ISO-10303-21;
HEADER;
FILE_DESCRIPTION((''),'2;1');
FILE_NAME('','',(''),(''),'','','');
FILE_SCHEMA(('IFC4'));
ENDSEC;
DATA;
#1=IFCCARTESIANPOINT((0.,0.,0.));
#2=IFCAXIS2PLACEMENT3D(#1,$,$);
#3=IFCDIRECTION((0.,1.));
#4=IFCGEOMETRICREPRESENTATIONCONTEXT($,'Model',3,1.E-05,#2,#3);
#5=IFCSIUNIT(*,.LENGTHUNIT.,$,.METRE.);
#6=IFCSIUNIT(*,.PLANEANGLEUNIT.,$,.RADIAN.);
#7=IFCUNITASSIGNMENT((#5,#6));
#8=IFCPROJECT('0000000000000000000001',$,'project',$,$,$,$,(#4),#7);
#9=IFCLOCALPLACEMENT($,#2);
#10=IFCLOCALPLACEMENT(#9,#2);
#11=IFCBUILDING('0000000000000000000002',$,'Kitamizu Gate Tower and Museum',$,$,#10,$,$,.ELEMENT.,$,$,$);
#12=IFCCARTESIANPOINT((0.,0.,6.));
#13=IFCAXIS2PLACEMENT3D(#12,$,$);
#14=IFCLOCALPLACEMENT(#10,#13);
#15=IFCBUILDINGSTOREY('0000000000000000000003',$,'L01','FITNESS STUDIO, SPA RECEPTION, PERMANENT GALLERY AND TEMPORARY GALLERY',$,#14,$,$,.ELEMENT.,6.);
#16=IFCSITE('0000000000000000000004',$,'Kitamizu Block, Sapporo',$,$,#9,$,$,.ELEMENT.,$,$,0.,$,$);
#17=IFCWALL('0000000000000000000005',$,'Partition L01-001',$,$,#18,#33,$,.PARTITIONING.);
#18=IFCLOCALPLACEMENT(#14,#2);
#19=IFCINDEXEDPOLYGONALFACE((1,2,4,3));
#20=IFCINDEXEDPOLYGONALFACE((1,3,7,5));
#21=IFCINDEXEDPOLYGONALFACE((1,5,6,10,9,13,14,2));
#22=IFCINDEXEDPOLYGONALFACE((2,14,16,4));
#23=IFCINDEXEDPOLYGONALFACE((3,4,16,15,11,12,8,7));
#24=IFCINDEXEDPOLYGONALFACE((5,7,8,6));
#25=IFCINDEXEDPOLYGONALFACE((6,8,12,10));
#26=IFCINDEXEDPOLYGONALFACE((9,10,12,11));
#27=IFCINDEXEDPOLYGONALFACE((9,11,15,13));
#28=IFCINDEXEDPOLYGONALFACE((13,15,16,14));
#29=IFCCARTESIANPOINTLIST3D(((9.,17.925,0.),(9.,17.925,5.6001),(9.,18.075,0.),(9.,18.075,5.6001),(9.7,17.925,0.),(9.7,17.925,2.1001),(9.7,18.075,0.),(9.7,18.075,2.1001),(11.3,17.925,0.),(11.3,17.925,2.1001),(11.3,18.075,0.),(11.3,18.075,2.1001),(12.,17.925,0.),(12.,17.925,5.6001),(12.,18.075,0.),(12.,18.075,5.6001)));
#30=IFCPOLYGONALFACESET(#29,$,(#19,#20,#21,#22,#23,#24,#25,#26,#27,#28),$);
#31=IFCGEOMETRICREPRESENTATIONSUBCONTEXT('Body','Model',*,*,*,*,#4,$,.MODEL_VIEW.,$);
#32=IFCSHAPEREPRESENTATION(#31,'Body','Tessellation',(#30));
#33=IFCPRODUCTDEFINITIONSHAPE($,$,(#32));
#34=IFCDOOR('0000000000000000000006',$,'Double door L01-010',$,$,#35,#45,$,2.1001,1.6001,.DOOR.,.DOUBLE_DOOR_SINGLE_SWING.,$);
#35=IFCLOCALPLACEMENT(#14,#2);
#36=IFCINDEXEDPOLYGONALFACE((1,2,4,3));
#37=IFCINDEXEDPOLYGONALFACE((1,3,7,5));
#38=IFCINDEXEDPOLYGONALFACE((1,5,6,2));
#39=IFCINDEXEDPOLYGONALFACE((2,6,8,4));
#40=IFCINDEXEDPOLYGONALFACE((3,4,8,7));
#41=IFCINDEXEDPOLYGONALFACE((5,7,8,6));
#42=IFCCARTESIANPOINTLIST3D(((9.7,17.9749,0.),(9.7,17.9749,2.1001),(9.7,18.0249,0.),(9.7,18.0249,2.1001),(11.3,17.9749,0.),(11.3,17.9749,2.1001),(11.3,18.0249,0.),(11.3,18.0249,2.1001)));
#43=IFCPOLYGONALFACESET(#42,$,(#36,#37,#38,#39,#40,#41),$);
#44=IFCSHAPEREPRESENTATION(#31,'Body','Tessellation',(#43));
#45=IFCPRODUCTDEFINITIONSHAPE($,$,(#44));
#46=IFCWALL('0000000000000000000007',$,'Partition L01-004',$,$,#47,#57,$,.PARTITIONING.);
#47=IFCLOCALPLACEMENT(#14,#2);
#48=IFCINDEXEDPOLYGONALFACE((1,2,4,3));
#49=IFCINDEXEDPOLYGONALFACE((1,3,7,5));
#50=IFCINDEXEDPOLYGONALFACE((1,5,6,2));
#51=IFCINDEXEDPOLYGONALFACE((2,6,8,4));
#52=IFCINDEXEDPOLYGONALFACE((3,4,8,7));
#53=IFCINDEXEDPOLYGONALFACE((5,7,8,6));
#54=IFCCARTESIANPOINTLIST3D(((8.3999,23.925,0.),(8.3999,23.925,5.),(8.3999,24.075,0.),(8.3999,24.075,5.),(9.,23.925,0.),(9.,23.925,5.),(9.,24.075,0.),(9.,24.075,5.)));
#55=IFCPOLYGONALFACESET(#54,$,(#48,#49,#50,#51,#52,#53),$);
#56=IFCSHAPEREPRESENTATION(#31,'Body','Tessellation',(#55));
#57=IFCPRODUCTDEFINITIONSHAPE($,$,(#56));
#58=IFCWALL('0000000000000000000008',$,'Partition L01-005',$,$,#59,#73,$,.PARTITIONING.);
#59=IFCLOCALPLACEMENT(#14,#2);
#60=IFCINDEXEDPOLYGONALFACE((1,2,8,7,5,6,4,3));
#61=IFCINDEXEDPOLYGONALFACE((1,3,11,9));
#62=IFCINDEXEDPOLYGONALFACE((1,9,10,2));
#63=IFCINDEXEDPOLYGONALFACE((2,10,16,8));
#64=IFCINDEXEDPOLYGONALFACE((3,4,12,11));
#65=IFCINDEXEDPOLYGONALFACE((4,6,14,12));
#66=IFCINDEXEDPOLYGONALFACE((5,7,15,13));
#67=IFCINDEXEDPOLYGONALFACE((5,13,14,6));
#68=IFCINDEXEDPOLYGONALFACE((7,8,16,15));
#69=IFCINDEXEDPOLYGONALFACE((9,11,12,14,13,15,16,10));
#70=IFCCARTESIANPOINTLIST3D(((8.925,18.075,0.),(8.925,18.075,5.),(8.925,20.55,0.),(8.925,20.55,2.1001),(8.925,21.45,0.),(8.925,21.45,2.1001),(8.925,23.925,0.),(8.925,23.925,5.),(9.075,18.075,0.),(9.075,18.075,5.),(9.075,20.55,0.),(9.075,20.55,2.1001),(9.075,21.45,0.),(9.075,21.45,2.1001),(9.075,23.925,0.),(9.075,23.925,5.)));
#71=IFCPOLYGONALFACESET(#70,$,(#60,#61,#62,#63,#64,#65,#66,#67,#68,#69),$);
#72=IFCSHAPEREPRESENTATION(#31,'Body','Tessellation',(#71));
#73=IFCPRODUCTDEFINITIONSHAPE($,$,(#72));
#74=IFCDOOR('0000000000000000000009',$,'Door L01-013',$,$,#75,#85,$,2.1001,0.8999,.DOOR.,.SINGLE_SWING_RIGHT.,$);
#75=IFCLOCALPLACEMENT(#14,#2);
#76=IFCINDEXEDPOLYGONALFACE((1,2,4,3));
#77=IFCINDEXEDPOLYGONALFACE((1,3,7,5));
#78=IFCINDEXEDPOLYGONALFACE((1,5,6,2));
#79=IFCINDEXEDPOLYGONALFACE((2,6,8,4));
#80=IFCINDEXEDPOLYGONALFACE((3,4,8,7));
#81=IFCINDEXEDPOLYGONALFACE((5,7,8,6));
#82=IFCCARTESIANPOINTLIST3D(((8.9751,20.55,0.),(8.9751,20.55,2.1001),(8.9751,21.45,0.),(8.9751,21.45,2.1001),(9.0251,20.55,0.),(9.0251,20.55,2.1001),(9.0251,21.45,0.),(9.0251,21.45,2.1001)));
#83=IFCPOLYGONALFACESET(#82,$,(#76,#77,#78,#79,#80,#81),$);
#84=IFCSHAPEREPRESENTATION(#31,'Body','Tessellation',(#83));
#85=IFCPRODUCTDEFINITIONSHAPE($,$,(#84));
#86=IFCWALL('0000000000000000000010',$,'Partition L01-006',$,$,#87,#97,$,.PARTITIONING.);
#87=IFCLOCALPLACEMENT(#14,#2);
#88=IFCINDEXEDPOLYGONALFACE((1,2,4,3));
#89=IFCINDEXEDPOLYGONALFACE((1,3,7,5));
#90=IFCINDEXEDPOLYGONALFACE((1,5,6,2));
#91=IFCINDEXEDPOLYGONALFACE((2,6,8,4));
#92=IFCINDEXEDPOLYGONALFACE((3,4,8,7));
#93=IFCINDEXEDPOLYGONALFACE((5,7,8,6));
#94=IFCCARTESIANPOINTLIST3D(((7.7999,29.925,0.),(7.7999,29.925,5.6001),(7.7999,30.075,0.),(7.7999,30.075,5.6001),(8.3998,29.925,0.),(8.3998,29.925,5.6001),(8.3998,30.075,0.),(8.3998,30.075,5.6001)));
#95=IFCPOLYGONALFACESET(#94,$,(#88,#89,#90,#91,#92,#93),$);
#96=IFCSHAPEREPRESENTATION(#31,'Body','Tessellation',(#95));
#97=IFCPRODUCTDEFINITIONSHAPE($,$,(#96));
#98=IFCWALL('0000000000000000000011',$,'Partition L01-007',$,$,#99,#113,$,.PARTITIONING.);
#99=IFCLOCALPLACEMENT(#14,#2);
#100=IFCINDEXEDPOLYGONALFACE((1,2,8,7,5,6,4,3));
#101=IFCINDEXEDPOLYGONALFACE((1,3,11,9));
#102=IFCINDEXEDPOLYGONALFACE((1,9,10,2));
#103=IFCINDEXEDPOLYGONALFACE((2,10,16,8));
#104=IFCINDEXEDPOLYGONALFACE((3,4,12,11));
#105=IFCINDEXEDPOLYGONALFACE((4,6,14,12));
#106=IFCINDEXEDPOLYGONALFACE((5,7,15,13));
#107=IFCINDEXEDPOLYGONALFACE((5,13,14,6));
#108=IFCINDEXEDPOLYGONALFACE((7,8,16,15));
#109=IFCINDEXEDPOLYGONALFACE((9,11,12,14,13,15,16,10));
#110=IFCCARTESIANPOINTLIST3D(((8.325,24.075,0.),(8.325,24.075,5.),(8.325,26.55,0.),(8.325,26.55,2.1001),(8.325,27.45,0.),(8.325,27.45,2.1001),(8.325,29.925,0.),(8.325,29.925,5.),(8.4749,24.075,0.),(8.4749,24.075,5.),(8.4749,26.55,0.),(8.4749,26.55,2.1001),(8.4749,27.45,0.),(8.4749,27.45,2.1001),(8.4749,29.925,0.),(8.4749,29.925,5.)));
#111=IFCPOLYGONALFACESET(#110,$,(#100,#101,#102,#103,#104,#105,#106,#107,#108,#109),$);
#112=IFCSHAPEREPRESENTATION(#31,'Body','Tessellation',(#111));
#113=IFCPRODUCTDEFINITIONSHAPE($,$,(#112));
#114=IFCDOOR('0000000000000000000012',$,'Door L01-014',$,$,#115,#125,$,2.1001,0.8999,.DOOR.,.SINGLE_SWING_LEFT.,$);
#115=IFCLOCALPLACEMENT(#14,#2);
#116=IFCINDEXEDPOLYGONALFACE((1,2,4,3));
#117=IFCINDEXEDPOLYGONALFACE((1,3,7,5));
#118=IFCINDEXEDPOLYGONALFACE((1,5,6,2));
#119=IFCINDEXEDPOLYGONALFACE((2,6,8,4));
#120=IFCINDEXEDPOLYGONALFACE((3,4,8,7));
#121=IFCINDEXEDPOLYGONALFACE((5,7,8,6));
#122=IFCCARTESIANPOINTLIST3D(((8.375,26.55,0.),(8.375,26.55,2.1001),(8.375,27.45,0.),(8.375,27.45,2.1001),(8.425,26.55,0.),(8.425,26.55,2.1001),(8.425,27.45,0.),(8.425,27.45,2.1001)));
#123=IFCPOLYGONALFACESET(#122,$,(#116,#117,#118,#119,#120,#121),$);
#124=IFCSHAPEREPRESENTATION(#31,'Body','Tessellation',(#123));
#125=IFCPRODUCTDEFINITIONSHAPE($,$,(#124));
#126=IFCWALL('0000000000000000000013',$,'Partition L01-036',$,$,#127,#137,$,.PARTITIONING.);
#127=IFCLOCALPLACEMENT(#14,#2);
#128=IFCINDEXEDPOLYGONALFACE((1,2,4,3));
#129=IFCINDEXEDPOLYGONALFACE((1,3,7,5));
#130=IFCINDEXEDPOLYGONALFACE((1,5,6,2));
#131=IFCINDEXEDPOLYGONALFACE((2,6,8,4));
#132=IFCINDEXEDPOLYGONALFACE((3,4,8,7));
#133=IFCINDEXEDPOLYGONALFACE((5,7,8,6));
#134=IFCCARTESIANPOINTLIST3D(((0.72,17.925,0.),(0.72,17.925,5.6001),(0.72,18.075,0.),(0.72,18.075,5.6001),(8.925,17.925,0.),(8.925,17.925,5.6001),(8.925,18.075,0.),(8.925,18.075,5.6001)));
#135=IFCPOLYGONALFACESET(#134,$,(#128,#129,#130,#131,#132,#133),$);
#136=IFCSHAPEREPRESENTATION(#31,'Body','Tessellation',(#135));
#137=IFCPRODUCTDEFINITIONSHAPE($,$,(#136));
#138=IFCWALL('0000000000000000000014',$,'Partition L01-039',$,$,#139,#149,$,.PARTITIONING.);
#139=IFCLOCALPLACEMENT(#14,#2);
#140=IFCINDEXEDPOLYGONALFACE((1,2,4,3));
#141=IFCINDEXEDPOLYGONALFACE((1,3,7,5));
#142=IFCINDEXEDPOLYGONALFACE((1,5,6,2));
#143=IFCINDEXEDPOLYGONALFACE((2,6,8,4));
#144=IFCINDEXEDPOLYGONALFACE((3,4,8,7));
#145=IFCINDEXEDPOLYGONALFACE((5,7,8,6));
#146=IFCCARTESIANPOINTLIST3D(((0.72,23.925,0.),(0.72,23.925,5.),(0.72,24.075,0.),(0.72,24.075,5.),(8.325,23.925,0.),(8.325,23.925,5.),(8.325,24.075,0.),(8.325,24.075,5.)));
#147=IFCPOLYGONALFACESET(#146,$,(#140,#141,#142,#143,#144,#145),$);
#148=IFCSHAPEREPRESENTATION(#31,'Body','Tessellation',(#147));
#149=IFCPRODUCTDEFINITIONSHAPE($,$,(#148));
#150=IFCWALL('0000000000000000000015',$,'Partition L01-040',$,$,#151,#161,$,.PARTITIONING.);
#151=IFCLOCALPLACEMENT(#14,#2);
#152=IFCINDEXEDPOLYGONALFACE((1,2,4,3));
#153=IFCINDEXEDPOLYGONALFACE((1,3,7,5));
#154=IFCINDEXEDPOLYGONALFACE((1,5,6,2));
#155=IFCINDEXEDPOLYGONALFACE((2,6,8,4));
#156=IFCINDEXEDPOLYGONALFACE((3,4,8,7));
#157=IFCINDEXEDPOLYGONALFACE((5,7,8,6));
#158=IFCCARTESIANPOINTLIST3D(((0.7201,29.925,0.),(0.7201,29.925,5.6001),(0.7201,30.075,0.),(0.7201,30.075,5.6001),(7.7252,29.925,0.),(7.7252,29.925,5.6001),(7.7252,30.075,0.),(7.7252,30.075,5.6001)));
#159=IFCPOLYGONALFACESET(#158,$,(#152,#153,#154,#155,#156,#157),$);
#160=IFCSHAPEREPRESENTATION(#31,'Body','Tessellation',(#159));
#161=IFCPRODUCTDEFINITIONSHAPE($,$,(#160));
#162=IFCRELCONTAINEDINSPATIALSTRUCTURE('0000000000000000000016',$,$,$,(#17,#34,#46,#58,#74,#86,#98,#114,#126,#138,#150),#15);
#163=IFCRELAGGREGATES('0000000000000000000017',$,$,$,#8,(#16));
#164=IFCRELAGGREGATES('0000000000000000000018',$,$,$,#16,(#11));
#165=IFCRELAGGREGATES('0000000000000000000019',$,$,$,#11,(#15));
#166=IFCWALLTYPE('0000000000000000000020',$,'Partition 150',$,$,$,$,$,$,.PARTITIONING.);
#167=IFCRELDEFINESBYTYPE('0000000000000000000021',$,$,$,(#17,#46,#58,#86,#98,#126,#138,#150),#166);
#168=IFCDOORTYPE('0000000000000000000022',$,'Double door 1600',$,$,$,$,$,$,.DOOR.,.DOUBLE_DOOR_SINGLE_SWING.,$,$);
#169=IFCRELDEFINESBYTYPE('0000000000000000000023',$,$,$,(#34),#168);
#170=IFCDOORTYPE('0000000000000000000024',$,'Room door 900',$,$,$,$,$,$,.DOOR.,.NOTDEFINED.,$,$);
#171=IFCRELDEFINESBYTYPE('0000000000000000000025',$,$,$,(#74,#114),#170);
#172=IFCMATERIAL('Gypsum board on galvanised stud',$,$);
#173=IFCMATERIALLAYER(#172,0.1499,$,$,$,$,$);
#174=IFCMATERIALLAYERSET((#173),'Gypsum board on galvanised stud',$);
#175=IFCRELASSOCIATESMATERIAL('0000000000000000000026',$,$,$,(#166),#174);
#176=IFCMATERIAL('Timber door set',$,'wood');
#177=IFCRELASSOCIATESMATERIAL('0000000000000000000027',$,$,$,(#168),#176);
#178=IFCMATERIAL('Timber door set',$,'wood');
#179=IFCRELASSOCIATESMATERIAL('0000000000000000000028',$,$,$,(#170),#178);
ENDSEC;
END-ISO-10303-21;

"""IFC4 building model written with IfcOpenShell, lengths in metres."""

from ifc_helpers import new_model, si_unit, direction, frame, frame_2d, origin, place, context, subcontext, project, spatial, rectangle, extrude, material, layer, layer_set, type_object, element, fill, save


model = new_model("IFC4")

# Units and contexts
model_context = context("Model", 3, precision=1e-05, world=origin(), true_north=direction((0.0, 1.0)))
body_context = subcontext(model_context, "Body", "Model", "MODEL_VIEW")
ifc_project = project(units=[si_unit("LENGTHUNIT", "METRE"), si_unit("PLANEANGLEUNIT", "RADIAN")], contexts=[model_context])

# Site, building, storey
site_placement = place(None, origin())
site = spatial("IfcSite", under=ifc_project, at=site_placement, Name="Kitamizu Block, Sapporo", CompositionType="ELEMENT", RefElevation=0.0)
building_placement = place(site_placement, origin())
building = spatial("IfcBuilding", under=site, at=building_placement, Name="Kitamizu Gate Tower and Museum", CompositionType="ELEMENT")
storey_placement = place(building_placement, frame((0.0, 0.0, 6.0)))
storey = spatial("IfcBuildingStorey", under=building, at=storey_placement, Name="L01", Description="FITNESS STUDIO, SPA RECEPTION, PERMANENT GALLERY AND TEMPORARY GALLERY", CompositionType="ELEMENT", Elevation=6.0)

# Wall, opening, door
ifc_material_1 = material(Name="Gypsum board on galvanised stud")
ifc_layer_1 = layer(ifc_material_1, 0.1499)
ifc_layer_set_1 = layer_set([ifc_layer_1], Name="Gypsum board on galvanised stud")
wall_type_1 = type_object("IfcWallType", Name="Partition 150", PredefinedType="PARTITIONING", material=ifc_layer_set_1)
wall_1_placement = place(storey_placement, frame((9.0, 18.0, 0.0), z_axis=(0.0, 0.0, 1.0), x_axis=(1.0, 0.0, 0.0)))
wall_1 = element("IfcWall", 1, at=wall_1_placement, inside=storey, type_object=wall_type_1, Name="Partition L01-001", PredefinedType="PARTITIONING", context=body_context, shape_type="SweptSolid", body=[
    extrude(rectangle(XDim=3.0, YDim=0.1499, at=frame_2d((1.5, 0.0))), origin(), (0.0, 0.0, 1.0), 5.6001),
])
opening_1_placement = place(wall_1_placement, frame((0.7, 0.0, 0.0)))
opening_1 = element("IfcOpeningElement", 2, at=opening_1_placement, cuts=wall_1, PredefinedType="OPENING", context=body_context, shape_type="SweptSolid", body=[
    extrude(rectangle(XDim=1.6001, YDim=2.1001, at=frame_2d((0.8, 1.05))), frame((0.0, 0.085, 0.0), z_axis=(0.0, -1.0, 0.0), x_axis=(1.0, 0.0, 0.0)), (0.0, 0.0, 1.0), 0.1699),
])
ifc_material_2 = material(Name="Timber door set", Category="wood")
door_type_1 = type_object("IfcDoorType", Name="Double door 1600", OperationType="DOUBLE_DOOR_SINGLE_SWING", PredefinedType="DOOR", material=ifc_material_2)
door_1_placement = place(opening_1_placement, origin())
door_1 = element("IfcDoor", 3, at=door_1_placement, inside=storey, type_object=door_type_1, Name="Double door L01-010", OperationType="DOUBLE_DOOR_SINGLE_SWING", OverallHeight=2.1001, OverallWidth=1.6001, PredefinedType="DOOR", context=body_context, shape_type="SweptSolid", body=[
    extrude(rectangle(XDim=1.6001, YDim=2.1001, at=frame_2d((0.8, 1.05))), frame((0.0, 0.0249, 0.0), z_axis=(0.0, -1.0, 0.0), x_axis=(1.0, 0.0, 0.0)), (0.0, 0.0, 1.0), 0.05),
])
fill(opening_1, door_1)

# Wall
wall_2_placement = place(storey_placement, frame((8.3999, 24.0, 0.0), z_axis=(0.0, 0.0, 1.0), x_axis=(1.0, 0.0, 0.0)))
element("IfcWall", 4, at=wall_2_placement, inside=storey, type_object=wall_type_1, Name="Partition L01-004", PredefinedType="PARTITIONING", context=body_context, shape_type="SweptSolid", body=[
    extrude(rectangle(XDim=0.6001, YDim=0.1499, at=frame_2d((0.3, 0.0))), origin(), (0.0, 0.0, 1.0), 5.0),
])

# Wall, opening, door
wall_3_placement = place(storey_placement, frame((9.0, 23.925, 0.0), z_axis=(0.0, 0.0, 1.0), x_axis=(0.0, -1.0, 0.0)))
wall_3 = element("IfcWall", 5, at=wall_3_placement, inside=storey, type_object=wall_type_1, Name="Partition L01-005", PredefinedType="PARTITIONING", context=body_context, shape_type="SweptSolid", body=[
    extrude(rectangle(XDim=5.8501, YDim=0.1499, at=frame_2d((2.925, 0.0))), origin(), (0.0, 0.0, 1.0), 5.0),
])
opening_2_placement = place(wall_3_placement, frame((2.4751, 0.0, 0.0)))
opening_2 = element("IfcOpeningElement", 6, at=opening_2_placement, cuts=wall_3, PredefinedType="OPENING", context=body_context, shape_type="SweptSolid", body=[
    extrude(rectangle(XDim=0.8999, YDim=2.1001, at=frame_2d((0.45, 1.05))), frame((0.0, 0.085, 0.0), z_axis=(0.0, -1.0, 0.0), x_axis=(1.0, 0.0, 0.0)), (0.0, 0.0, 1.0), 0.1699),
])
ifc_material_3 = material(Name="Timber door set", Category="wood")
door_type_2 = type_object("IfcDoorType", Name="Room door 900", OperationType="NOTDEFINED", PredefinedType="DOOR", material=ifc_material_3)
door_2_placement = place(opening_2_placement, frame((0.8999, 0.0, 0.0), x_axis=(-1.0, 0.0, 0.0)))
door_2 = element("IfcDoor", 7, at=door_2_placement, inside=storey, type_object=door_type_2, Name="Door L01-013", OperationType="SINGLE_SWING_RIGHT", OverallHeight=2.1001, OverallWidth=0.8999, PredefinedType="DOOR", context=body_context, shape_type="SweptSolid", body=[
    extrude(rectangle(XDim=0.8999, YDim=2.1001, at=frame_2d((0.45, 1.05))), frame((0.0, 0.0249, 0.0), z_axis=(0.0, -1.0, 0.0), x_axis=(1.0, 0.0, 0.0)), (0.0, 0.0, 1.0), 0.05),
])
fill(opening_2, door_2)

# Wall
wall_4_placement = place(storey_placement, frame((7.8, 30.0, 0.0), z_axis=(0.0, 0.0, 1.0), x_axis=(1.0, 0.0, 0.0)))
element("IfcWall", 8, at=wall_4_placement, inside=storey, type_object=wall_type_1, Name="Partition L01-006", PredefinedType="PARTITIONING", context=body_context, shape_type="SweptSolid", body=[
    extrude(rectangle(XDim=0.5999, YDim=0.1499, at=frame_2d((0.2998, 0.0))), origin(), (0.0, 0.0, 1.0), 5.6001),
])

# Wall, opening, door
wall_5_placement = place(storey_placement, frame((8.3999, 29.925, 0.0), z_axis=(0.0, 0.0, 1.0), x_axis=(0.0, -1.0, 0.0)))
wall_5 = element("IfcWall", 9, at=wall_5_placement, inside=storey, type_object=wall_type_1, Name="Partition L01-007", PredefinedType="PARTITIONING", context=body_context, shape_type="SweptSolid", body=[
    extrude(rectangle(XDim=5.8501, YDim=0.1499, at=frame_2d((2.925, 0.0))), origin(), (0.0, 0.0, 1.0), 5.0),
])
opening_3_placement = place(wall_5_placement, frame((2.4751, 0.0, 0.0)))
opening_3 = element("IfcOpeningElement", 10, at=opening_3_placement, cuts=wall_5, PredefinedType="OPENING", context=body_context, shape_type="SweptSolid", body=[
    extrude(rectangle(XDim=0.8999, YDim=2.1001, at=frame_2d((0.45, 1.05))), frame((0.0, 0.085, 0.0), z_axis=(0.0, -1.0, 0.0), x_axis=(1.0, 0.0, 0.0)), (0.0, 0.0, 1.0), 0.1699),
])
door_3_placement = place(opening_3_placement, frame((0.8999, 0.0, 0.0), x_axis=(-1.0, 0.0, 0.0)))
door_3 = element("IfcDoor", 11, at=door_3_placement, inside=storey, type_object=door_type_2, Name="Door L01-014", OperationType="SINGLE_SWING_LEFT", OverallHeight=2.1001, OverallWidth=0.8999, PredefinedType="DOOR", context=body_context, shape_type="SweptSolid", body=[
    extrude(rectangle(XDim=0.8999, YDim=2.1001, at=frame_2d((0.45, 1.05))), frame((0.0, 0.0249, 0.0), z_axis=(0.0, -1.0, 0.0), x_axis=(1.0, 0.0, 0.0)), (0.0, 0.0, 1.0), 0.05),
])
fill(opening_3, door_3)

# Walls
wall_6_placement = place(storey_placement, frame((8.925, 18.0, 0.0), z_axis=(0.0, 0.0, 1.0), x_axis=(-1.0, 0.0, 0.0)))
element("IfcWall", 12, at=wall_6_placement, inside=storey, type_object=wall_type_1, Name="Partition L01-036", PredefinedType="PARTITIONING", context=body_context, shape_type="SweptSolid", body=[
    extrude(rectangle(XDim=8.2051, YDim=0.1499, at=frame_2d((4.1025, 0.0))), origin(), (0.0, 0.0, 1.0), 5.6001),
])
wall_7_placement = place(storey_placement, frame((8.325, 24.0, 0.0), z_axis=(0.0, 0.0, 1.0), x_axis=(-1.0, 0.0, 0.0)))
element("IfcWall", 13, at=wall_7_placement, inside=storey, type_object=wall_type_1, Name="Partition L01-039", PredefinedType="PARTITIONING", context=body_context, shape_type="SweptSolid", body=[
    extrude(rectangle(XDim=7.605, YDim=0.1499, at=frame_2d((3.8025, 0.0))), origin(), (0.0, 0.0, 1.0), 5.0),
])
wall_8_placement = place(storey_placement, frame((7.7251, 30.0, 0.0), z_axis=(0.0, 0.0, 1.0), x_axis=(-1.0, 0.0, 0.0)))
element("IfcWall", 14, at=wall_8_placement, inside=storey, type_object=wall_type_1, Name="Partition L01-040", PredefinedType="PARTITIONING", context=body_context, shape_type="SweptSolid", body=[
    extrude(rectangle(XDim=7.0051, YDim=0.1499, at=frame_2d((3.5024, 0.0))), origin(), (0.0, 0.0, 1.0), 5.6001),
])

save(model, "model.ifc")
